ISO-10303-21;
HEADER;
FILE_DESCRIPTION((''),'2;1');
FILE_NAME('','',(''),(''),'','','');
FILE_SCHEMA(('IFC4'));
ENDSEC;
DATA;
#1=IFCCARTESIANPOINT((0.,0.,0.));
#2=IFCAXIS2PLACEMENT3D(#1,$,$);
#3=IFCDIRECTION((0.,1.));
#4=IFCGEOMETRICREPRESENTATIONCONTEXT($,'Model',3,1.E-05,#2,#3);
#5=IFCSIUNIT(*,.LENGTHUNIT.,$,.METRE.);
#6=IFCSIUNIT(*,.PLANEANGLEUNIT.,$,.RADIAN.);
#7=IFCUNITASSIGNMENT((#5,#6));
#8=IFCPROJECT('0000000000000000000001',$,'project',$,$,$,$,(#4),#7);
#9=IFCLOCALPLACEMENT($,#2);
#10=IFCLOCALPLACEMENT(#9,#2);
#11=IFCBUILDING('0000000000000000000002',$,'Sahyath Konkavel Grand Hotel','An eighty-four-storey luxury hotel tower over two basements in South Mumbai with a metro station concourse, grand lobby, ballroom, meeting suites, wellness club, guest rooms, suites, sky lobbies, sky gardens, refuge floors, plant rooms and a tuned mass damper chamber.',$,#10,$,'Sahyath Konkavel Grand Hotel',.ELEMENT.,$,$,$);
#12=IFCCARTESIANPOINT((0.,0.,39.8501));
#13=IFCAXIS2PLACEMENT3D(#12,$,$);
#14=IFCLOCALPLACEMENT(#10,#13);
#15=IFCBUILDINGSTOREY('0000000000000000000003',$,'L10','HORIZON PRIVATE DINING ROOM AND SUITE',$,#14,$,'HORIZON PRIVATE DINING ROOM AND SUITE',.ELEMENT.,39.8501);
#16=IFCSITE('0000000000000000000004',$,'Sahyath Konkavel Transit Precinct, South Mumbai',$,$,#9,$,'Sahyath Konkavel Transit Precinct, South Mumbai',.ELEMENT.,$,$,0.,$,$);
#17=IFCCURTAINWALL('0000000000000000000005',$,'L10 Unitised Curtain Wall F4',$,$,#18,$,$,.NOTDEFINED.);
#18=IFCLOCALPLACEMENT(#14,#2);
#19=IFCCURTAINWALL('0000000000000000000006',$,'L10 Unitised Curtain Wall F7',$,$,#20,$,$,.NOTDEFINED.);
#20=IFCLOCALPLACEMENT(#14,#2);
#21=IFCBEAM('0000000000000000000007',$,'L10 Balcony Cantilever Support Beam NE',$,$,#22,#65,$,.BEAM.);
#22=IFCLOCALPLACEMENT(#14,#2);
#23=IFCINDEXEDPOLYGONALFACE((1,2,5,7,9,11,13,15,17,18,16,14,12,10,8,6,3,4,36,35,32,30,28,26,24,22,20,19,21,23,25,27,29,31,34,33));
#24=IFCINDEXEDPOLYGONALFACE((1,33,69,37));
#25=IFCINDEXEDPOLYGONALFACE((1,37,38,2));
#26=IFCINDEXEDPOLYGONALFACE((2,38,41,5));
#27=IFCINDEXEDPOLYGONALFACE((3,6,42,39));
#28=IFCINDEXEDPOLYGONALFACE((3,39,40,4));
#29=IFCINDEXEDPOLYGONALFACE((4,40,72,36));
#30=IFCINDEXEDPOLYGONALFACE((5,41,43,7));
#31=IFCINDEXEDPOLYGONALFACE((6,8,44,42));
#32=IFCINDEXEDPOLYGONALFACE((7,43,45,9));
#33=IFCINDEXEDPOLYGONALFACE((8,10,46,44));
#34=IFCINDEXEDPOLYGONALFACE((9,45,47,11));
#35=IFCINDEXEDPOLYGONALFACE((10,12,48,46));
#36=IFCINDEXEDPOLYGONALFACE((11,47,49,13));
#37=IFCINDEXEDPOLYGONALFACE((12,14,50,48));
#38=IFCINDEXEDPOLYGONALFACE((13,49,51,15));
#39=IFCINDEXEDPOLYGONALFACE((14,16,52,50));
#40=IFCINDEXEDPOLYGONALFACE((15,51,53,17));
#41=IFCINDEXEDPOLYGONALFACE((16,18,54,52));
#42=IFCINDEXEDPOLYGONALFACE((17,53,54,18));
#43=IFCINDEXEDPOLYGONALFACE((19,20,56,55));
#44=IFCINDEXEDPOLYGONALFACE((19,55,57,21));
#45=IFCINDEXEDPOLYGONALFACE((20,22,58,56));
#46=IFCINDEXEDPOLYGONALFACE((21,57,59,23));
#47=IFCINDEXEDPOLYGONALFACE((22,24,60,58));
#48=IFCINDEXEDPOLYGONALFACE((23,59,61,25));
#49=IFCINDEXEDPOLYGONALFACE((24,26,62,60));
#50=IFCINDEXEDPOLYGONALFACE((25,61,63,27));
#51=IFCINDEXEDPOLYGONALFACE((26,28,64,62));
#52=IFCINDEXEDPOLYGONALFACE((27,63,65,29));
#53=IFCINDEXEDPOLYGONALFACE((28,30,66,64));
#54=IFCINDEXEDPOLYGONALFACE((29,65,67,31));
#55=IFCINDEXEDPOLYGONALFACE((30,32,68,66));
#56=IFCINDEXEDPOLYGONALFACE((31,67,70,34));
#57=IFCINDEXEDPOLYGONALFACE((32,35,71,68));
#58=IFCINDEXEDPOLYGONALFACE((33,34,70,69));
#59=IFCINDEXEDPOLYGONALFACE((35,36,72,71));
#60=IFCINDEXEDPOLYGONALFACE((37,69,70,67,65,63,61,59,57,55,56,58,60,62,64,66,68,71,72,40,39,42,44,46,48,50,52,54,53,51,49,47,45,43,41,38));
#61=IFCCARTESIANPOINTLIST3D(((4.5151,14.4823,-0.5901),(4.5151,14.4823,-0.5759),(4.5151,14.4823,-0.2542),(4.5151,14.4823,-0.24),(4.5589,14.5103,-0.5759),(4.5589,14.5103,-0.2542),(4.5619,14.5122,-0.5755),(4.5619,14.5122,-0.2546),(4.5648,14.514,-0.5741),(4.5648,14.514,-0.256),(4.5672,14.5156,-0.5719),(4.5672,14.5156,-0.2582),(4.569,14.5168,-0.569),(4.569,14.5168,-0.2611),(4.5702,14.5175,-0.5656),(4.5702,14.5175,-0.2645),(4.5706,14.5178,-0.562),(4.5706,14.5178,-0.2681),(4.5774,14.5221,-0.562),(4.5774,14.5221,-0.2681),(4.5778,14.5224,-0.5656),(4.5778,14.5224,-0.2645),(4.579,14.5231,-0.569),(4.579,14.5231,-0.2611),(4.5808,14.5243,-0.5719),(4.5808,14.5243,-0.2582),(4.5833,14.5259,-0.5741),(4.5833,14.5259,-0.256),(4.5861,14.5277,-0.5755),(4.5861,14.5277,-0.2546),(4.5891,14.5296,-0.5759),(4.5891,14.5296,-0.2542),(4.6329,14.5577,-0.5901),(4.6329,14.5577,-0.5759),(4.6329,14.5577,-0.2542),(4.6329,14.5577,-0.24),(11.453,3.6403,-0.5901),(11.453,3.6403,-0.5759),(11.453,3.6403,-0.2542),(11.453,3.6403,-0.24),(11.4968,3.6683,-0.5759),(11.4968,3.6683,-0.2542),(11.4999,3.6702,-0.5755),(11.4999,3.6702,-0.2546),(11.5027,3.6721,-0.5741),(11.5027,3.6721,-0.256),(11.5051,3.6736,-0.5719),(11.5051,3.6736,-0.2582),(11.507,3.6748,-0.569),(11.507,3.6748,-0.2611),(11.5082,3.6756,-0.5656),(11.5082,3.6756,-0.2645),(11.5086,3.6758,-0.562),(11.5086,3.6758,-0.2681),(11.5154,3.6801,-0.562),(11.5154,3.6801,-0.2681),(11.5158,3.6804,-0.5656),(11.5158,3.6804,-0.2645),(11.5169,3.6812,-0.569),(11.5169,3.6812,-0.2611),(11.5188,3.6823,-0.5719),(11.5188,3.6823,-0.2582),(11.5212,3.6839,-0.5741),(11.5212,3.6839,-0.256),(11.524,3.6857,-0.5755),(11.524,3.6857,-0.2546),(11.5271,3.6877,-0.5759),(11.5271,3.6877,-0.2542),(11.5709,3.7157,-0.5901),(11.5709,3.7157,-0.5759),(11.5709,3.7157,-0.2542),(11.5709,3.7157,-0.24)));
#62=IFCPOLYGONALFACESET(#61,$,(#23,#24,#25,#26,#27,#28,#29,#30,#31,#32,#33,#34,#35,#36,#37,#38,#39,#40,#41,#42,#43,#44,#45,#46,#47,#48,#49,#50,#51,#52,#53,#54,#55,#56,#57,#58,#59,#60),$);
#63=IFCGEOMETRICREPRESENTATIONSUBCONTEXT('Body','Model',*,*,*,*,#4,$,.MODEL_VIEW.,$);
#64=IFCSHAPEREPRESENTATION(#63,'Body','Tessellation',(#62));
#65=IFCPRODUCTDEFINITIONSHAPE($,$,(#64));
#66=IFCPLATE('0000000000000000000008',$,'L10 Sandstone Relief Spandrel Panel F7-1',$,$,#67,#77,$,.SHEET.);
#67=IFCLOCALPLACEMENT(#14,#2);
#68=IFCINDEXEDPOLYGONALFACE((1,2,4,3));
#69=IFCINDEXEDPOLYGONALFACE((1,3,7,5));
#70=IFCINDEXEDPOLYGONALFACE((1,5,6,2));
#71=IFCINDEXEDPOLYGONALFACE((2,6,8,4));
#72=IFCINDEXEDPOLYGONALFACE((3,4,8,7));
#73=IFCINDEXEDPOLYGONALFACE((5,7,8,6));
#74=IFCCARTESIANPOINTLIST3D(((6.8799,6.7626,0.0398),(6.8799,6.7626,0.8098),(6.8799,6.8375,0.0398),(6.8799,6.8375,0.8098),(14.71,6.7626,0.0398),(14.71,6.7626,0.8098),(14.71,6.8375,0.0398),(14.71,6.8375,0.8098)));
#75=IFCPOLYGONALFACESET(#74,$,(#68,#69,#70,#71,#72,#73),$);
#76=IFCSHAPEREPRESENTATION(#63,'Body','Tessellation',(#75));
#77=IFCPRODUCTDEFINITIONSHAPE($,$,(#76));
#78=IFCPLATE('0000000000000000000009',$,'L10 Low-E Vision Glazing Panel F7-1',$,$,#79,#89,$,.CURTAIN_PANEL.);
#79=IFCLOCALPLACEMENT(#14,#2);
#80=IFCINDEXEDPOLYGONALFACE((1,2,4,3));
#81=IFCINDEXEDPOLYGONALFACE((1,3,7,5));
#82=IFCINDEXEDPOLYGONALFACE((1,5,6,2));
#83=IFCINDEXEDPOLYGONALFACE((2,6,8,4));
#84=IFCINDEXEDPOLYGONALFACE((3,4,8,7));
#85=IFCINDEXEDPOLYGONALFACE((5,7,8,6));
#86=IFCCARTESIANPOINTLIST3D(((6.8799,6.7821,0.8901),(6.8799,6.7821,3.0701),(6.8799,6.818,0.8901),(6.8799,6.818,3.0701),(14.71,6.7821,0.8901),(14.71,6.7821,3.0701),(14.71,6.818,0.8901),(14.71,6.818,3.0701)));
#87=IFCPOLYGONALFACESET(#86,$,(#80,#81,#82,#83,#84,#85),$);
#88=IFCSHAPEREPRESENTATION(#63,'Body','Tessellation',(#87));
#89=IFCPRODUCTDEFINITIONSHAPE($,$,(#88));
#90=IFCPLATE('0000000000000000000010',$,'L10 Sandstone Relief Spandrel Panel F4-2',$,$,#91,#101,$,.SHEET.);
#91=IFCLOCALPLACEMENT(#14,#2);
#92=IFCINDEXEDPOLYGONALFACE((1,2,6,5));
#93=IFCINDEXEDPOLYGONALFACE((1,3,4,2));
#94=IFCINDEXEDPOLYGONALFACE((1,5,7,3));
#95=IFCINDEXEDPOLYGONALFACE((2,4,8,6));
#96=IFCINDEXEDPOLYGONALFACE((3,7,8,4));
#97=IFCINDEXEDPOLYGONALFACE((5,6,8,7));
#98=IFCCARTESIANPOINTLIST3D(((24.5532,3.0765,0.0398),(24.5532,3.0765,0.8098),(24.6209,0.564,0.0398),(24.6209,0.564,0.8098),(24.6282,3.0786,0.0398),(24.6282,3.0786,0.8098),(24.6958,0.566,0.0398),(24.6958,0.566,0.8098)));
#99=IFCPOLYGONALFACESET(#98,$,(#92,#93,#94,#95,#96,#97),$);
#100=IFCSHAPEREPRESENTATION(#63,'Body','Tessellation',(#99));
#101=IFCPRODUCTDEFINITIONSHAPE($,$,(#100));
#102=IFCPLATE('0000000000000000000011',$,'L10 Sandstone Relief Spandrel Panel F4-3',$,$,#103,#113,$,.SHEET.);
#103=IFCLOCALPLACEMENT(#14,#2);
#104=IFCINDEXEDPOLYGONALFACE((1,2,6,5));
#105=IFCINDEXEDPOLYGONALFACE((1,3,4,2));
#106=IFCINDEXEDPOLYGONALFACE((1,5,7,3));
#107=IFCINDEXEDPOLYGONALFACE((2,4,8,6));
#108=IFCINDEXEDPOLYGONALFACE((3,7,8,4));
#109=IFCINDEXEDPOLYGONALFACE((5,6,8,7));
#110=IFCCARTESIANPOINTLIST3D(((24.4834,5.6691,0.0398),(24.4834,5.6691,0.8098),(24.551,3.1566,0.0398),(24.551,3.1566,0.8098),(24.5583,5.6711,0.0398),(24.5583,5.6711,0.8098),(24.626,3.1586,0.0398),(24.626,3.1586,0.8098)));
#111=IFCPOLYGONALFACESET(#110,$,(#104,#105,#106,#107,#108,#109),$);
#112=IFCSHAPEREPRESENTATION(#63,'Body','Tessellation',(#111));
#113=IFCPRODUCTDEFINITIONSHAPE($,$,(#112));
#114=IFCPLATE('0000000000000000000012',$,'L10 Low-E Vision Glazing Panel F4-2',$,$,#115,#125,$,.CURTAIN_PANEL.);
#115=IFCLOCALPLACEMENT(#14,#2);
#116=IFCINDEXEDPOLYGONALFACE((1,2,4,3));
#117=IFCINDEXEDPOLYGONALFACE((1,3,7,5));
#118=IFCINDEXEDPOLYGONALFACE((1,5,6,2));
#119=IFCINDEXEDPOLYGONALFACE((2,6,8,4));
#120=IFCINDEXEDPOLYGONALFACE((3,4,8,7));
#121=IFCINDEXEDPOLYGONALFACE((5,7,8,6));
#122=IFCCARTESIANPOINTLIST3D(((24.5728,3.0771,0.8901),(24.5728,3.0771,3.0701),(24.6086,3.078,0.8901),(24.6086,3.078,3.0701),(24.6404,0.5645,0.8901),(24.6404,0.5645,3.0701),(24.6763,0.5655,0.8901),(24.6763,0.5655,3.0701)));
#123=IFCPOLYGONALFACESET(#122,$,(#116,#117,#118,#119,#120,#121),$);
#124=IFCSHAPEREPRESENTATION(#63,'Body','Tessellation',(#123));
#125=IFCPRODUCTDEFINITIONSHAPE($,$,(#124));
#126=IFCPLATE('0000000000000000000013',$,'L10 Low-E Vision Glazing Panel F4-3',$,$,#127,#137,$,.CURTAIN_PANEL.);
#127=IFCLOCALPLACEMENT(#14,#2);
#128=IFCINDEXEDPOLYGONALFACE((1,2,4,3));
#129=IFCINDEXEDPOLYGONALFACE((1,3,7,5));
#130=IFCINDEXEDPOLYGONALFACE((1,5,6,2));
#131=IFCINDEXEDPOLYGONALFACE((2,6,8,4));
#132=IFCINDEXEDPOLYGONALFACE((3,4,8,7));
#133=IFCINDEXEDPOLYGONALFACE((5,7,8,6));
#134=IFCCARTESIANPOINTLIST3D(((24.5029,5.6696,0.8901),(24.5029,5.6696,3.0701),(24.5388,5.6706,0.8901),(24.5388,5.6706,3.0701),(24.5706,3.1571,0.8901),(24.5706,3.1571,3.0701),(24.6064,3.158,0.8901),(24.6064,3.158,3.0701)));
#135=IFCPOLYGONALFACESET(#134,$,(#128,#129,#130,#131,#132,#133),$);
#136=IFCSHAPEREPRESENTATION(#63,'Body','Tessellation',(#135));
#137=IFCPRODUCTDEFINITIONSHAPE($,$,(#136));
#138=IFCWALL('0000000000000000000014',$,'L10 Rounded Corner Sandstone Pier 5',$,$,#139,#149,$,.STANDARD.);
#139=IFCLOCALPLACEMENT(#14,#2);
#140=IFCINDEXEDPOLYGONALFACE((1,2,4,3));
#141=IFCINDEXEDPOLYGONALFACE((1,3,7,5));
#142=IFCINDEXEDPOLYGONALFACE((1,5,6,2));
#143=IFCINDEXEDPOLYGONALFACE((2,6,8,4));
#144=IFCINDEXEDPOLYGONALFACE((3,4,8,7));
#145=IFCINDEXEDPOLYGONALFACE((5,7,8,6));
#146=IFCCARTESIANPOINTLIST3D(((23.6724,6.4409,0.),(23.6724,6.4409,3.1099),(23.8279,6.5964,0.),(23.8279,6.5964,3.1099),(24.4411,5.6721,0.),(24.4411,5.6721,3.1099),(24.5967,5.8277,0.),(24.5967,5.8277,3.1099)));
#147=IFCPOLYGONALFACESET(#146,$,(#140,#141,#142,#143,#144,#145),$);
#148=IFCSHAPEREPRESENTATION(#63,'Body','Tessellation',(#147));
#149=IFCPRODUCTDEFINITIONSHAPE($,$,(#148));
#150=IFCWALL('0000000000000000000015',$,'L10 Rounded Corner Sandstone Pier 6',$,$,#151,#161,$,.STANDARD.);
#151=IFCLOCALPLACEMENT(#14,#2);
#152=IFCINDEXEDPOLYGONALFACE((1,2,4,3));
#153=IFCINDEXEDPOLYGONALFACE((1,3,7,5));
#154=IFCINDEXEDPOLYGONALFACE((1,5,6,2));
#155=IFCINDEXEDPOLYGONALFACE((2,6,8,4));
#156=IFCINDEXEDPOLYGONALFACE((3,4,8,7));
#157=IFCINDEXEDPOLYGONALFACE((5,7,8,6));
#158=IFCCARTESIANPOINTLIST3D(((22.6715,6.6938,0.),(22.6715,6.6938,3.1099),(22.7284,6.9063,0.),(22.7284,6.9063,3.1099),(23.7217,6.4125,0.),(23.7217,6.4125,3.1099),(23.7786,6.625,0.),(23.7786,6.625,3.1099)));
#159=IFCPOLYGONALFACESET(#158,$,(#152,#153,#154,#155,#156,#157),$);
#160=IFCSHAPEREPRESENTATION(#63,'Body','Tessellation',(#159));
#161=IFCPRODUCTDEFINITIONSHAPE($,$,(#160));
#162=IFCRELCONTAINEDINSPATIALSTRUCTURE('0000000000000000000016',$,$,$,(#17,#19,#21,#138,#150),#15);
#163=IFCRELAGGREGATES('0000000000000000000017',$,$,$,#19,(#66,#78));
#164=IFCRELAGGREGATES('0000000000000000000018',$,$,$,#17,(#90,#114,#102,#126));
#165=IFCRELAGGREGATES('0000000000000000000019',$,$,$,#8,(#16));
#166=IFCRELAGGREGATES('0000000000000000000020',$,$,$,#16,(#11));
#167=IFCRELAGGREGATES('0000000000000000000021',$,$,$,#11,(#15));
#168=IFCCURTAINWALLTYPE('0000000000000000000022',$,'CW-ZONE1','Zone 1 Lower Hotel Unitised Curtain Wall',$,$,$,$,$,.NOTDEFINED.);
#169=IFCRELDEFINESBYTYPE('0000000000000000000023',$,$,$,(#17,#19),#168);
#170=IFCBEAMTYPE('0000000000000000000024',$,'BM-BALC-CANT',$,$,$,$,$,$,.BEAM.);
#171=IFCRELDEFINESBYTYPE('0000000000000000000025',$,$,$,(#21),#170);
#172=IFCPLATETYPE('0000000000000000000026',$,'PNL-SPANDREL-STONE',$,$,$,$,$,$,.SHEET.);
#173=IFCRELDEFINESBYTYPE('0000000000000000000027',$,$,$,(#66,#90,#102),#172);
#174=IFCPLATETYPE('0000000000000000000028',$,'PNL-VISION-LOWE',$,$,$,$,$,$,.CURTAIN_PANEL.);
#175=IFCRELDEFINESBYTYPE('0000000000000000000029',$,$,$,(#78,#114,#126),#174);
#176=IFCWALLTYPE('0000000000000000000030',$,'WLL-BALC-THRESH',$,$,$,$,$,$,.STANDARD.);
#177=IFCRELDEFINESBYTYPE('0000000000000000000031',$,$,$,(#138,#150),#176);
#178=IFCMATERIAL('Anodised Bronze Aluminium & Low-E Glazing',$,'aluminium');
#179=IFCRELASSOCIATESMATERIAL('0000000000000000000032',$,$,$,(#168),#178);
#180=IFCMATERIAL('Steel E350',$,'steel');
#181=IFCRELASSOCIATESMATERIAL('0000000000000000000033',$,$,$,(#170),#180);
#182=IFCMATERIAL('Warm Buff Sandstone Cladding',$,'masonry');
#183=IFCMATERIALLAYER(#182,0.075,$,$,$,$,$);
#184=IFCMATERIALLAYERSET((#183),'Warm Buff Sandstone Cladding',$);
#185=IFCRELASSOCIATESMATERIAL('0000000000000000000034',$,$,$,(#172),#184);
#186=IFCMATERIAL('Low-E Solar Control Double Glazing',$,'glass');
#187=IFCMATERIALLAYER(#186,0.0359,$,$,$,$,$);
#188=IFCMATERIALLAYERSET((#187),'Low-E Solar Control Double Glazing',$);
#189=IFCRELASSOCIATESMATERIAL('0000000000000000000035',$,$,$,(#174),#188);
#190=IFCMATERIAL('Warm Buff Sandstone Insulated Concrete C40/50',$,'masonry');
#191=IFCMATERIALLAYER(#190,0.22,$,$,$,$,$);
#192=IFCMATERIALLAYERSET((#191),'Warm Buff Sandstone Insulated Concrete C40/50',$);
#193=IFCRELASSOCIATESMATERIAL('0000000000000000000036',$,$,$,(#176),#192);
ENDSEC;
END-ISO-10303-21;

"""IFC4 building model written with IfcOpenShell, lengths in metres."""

from ifc_helpers import new_model, si_unit, direction, frame, frame_2d, origin, origin_2d, place, context, subcontext, project, spatial, rectangle, i_section, extrude, source, transform, mapped, material, layer, layer_set, material_profile, profile_set, type_object, element, aggregate, save


model = new_model("IFC4")

# Units and contexts
model_context = context("Model", 3, precision=1e-05, world=origin(), true_north=direction((0.0, 1.0)))
body_context = subcontext(model_context, "Body", "Model", "MODEL_VIEW")
ifc_project = project(units=[si_unit("LENGTHUNIT", "METRE"), si_unit("PLANEANGLEUNIT", "RADIAN")], contexts=[model_context])

# Site, building, storey
site_placement = place(None, origin())
site = spatial("IfcSite", under=ifc_project, at=site_placement, Name="Sahyath Konkavel Transit Precinct, South Mumbai", LongName="Sahyath Konkavel Transit Precinct, South Mumbai", CompositionType="ELEMENT", RefElevation=0.0)
building_placement = place(site_placement, origin())
building = spatial("IfcBuilding", under=site, at=building_placement, Name="Sahyath Konkavel Grand Hotel", Description="An eighty-four-storey luxury hotel tower over two basements in South Mumbai with a metro station concourse, grand lobby, ballroom, meeting suites, wellness club, guest rooms, suites, sky lobbies, sky gardens, refuge floors, plant rooms and a tuned mass damper chamber.", LongName="Sahyath Konkavel Grand Hotel", CompositionType="ELEMENT")
storey_placement = place(building_placement, frame((0.0, 0.0, 39.8501)))
storey = spatial("IfcBuildingStorey", under=building, at=storey_placement, Name="L10", Description="HORIZON PRIVATE DINING ROOM AND SUITE", LongName="HORIZON PRIVATE DINING ROOM AND SUITE", CompositionType="ELEMENT", Elevation=39.8501)

# Shared definitions
ifc_material_1 = material(Name="Steel E350", Category="steel")

# Curtain wall
ifc_material_2 = material(Name="Anodised Bronze Aluminium & Low-E Glazing", Category="aluminium")
curtain_wall_type = type_object("IfcCurtainWallType", Name="CW-ZONE1", Description="Zone 1 Lower Hotel Unitised Curtain Wall", PredefinedType="NOTDEFINED", material=ifc_material_2)
curtain_wall_1_placement = place(storey_placement, origin())
curtain_wall_1 = element("IfcCurtainWall", 1, at=curtain_wall_1_placement, inside=storey, type_object=curtain_wall_type, Name="L10 Unitised Curtain Wall F4", PredefinedType="NOTDEFINED")

# Curtain wall
curtain_wall_2_placement = place(storey_placement, origin())
curtain_wall_2 = element("IfcCurtainWall", 2, at=curtain_wall_2_placement, inside=storey, type_object=curtain_wall_type, Name="L10 Unitised Curtain Wall F7", PredefinedType="NOTDEFINED")

# Beam
ifc_material_profile_1 = material_profile(ifc_material_1, i_section(OverallWidth=0.1399, OverallDepth=0.3501, WebThickness=0.0081, FlangeThickness=0.0142, FilletRadius=0.0139, at=origin_2d()), Name="ISMB 350")
ifc_profile_set_1 = profile_set([ifc_material_profile_1], Name="Steel E350")
beam_type_1 = type_object("IfcBeamType", Name="BM-BALC-CANT", PredefinedType="BEAM", material=ifc_profile_set_1)
shared_shape_1 = source(origin(), body_context, "Body", "SweptSolid", [
    extrude(i_section(OverallWidth=0.1399, OverallDepth=0.3501, WebThickness=0.0081, FlangeThickness=0.0142, FilletRadius=0.0139, at=origin_2d()), origin(), (0.0, 0.0, 1.0), 12.8718),
])
beam_1_placement = place(storey_placement, frame((11.512, 3.678, -0.415), z_axis=(-0.539003, 0.842304, 0.0), x_axis=(-0.842304, -0.539003, 0.0)))
element("IfcBeam", 3, at=beam_1_placement, inside=storey, type_object=beam_type_1, Name="L10 Balcony Cantilever Support Beam NE", PredefinedType="BEAM", context=body_context, shape_type="MappedRepresentation", body=[
    mapped(shared_shape_1, transform((0.0, 0.0, 0.0), scale=1.0)),
])

# Plates
ifc_material_3 = material(Name="Warm Buff Sandstone Cladding", Category="masonry")
ifc_layer_1 = layer(ifc_material_3, 0.075)
ifc_layer_set_1 = layer_set([ifc_layer_1], Name="Warm Buff Sandstone Cladding")
plate_type_1 = type_object("IfcPlateType", Name="PNL-SPANDREL-STONE", PredefinedType="SHEET", material=ifc_layer_set_1)
shared_shape_2 = source(origin(), body_context, "Body", "SweptSolid", [
    extrude(rectangle(XDim=7.8301, YDim=0.075, at=origin_2d()), origin(), (0.0, 0.0, 1.0), 0.77),
])
plate_1_placement = place(storey_placement, frame((10.7949, 6.8, 0.0398), z_axis=(0.0, 0.0, 1.0), x_axis=(-1.0, 0.0, 0.0)))
plate_1 = element("IfcPlate", 4, at=plate_1_placement, type_object=plate_type_1, Name="L10 Sandstone Relief Spandrel Panel F7-1", PredefinedType="SHEET", context=body_context, shape_type="MappedRepresentation", body=[
    mapped(shared_shape_2, transform((0.0, 0.0, 0.0), scale=1.0)),
])
ifc_material_4 = material(Name="Low-E Solar Control Double Glazing", Category="glass")
ifc_layer_2 = layer(ifc_material_4, 0.0359)
ifc_layer_set_2 = layer_set([ifc_layer_2], Name="Low-E Solar Control Double Glazing")
plate_type_2 = type_object("IfcPlateType", Name="PNL-VISION-LOWE", PredefinedType="CURTAIN_PANEL", material=ifc_layer_set_2)
shared_shape_3 = source(origin(), body_context, "Body", "SweptSolid", [
    extrude(rectangle(XDim=7.8301, YDim=0.0359, at=origin_2d()), origin(), (0.0, 0.0, 1.0), 2.1799),
])
plate_2_placement = place(storey_placement, frame((10.7949, 6.8, 0.8901), z_axis=(0.0, 0.0, 1.0), x_axis=(-1.0, 0.0, 0.0)))
plate_2 = element("IfcPlate", 5, at=plate_2_placement, type_object=plate_type_2, Name="L10 Low-E Vision Glazing Panel F7-1", PredefinedType="CURTAIN_PANEL", context=body_context, shape_type="MappedRepresentation", body=[
    mapped(shared_shape_3, transform((0.0, 0.0, 0.0), scale=1.0)),
])
aggregate(curtain_wall_2, [plate_1, plate_2])
shared_shape_4 = source(origin(), body_context, "Body", "SweptSolid", [
    extrude(rectangle(XDim=2.5134, YDim=0.075, at=origin_2d()), origin(), (0.0, 0.0, 1.0), 0.77),
])
plate_3_placement = place(storey_placement, frame((24.6245, 1.8213, 0.0398), z_axis=(0.0, 0.0, 1.0), x_axis=(-0.02691, 0.999638, 0.0)))
plate_3 = element("IfcPlate", 6, at=plate_3_placement, type_object=plate_type_1, Name="L10 Sandstone Relief Spandrel Panel F4-2", PredefinedType="SHEET", context=body_context, shape_type="MappedRepresentation", body=[
    mapped(shared_shape_4, transform((0.0, 0.0, 0.0), scale=1.0)),
])
plate_4_placement = place(storey_placement, frame((24.5547, 4.4138, 0.0398), z_axis=(0.0, 0.0, 1.0), x_axis=(-0.02691, 0.999638, 0.0)))
plate_4 = element("IfcPlate", 7, at=plate_4_placement, type_object=plate_type_1, Name="L10 Sandstone Relief Spandrel Panel F4-3", PredefinedType="SHEET", context=body_context, shape_type="MappedRepresentation", body=[
    mapped(shared_shape_4, transform((0.0, 0.0, 0.0), scale=1.0)),
])
shared_shape_5 = source(origin(), body_context, "Body", "SweptSolid", [
    extrude(rectangle(XDim=2.5134, YDim=0.0359, at=origin_2d()), origin(), (0.0, 0.0, 1.0), 2.1799),
])
plate_5_placement = place(storey_placement, frame((24.6245, 1.8213, 0.8901), z_axis=(0.0, 0.0, 1.0), x_axis=(-0.02691, 0.999638, 0.0)))
plate_5 = element("IfcPlate", 8, at=plate_5_placement, type_object=plate_type_2, Name="L10 Low-E Vision Glazing Panel F4-2", PredefinedType="CURTAIN_PANEL", context=body_context, shape_type="MappedRepresentation", body=[
    mapped(shared_shape_5, transform((0.0, 0.0, 0.0), scale=1.0)),
])
plate_6_placement = place(storey_placement, frame((24.5547, 4.4138, 0.8901), z_axis=(0.0, 0.0, 1.0), x_axis=(-0.02691, 0.999638, 0.0)))
plate_6 = element("IfcPlate", 9, at=plate_6_placement, type_object=plate_type_2, Name="L10 Low-E Vision Glazing Panel F4-3", PredefinedType="CURTAIN_PANEL", context=body_context, shape_type="MappedRepresentation", body=[
    mapped(shared_shape_5, transform((0.0, 0.0, 0.0), scale=1.0)),
])
aggregate(curtain_wall_1, [plate_3, plate_5, plate_4, plate_6])

# Walls
ifc_material_5 = material(Name="Warm Buff Sandstone Insulated Concrete C40/50", Category="masonry")
ifc_layer_3 = layer(ifc_material_5, 0.22)
ifc_layer_set_3 = layer_set([ifc_layer_3], Name="Warm Buff Sandstone Insulated Concrete C40/50")
wall_type_1 = type_object("IfcWallType", Name="WLL-BALC-THRESH", PredefinedType="STANDARD", material=ifc_layer_set_3)
for number, where, z_axis, x_axis, name in (
    (10, (24.5188, 5.75, 0.0), (0.0, 0.0, 1.0), (-0.707107, 0.707107, 0.0), "L10 Rounded Corner Sandstone Pier 5"),
    (11, (23.75, 6.5188, 0.0), (0.0, 0.0, 1.0), (-0.965951, 0.258725, 0.0), "L10 Rounded Corner Sandstone Pier 6"),
):
    element("IfcWall", number, at=place(storey_placement, frame(where, z_axis=z_axis, x_axis=x_axis)), inside=storey, type_object=wall_type_1, Name=name, PredefinedType="STANDARD", context=body_context, shape_type="SweptSolid", body=[
        extrude(rectangle(XDim=1.0872, YDim=0.22, at=frame_2d((0.5435, 0.0))), origin(), (0.0, 0.0, 1.0), 3.1099),
    ])

save(model, "model.ifc")
